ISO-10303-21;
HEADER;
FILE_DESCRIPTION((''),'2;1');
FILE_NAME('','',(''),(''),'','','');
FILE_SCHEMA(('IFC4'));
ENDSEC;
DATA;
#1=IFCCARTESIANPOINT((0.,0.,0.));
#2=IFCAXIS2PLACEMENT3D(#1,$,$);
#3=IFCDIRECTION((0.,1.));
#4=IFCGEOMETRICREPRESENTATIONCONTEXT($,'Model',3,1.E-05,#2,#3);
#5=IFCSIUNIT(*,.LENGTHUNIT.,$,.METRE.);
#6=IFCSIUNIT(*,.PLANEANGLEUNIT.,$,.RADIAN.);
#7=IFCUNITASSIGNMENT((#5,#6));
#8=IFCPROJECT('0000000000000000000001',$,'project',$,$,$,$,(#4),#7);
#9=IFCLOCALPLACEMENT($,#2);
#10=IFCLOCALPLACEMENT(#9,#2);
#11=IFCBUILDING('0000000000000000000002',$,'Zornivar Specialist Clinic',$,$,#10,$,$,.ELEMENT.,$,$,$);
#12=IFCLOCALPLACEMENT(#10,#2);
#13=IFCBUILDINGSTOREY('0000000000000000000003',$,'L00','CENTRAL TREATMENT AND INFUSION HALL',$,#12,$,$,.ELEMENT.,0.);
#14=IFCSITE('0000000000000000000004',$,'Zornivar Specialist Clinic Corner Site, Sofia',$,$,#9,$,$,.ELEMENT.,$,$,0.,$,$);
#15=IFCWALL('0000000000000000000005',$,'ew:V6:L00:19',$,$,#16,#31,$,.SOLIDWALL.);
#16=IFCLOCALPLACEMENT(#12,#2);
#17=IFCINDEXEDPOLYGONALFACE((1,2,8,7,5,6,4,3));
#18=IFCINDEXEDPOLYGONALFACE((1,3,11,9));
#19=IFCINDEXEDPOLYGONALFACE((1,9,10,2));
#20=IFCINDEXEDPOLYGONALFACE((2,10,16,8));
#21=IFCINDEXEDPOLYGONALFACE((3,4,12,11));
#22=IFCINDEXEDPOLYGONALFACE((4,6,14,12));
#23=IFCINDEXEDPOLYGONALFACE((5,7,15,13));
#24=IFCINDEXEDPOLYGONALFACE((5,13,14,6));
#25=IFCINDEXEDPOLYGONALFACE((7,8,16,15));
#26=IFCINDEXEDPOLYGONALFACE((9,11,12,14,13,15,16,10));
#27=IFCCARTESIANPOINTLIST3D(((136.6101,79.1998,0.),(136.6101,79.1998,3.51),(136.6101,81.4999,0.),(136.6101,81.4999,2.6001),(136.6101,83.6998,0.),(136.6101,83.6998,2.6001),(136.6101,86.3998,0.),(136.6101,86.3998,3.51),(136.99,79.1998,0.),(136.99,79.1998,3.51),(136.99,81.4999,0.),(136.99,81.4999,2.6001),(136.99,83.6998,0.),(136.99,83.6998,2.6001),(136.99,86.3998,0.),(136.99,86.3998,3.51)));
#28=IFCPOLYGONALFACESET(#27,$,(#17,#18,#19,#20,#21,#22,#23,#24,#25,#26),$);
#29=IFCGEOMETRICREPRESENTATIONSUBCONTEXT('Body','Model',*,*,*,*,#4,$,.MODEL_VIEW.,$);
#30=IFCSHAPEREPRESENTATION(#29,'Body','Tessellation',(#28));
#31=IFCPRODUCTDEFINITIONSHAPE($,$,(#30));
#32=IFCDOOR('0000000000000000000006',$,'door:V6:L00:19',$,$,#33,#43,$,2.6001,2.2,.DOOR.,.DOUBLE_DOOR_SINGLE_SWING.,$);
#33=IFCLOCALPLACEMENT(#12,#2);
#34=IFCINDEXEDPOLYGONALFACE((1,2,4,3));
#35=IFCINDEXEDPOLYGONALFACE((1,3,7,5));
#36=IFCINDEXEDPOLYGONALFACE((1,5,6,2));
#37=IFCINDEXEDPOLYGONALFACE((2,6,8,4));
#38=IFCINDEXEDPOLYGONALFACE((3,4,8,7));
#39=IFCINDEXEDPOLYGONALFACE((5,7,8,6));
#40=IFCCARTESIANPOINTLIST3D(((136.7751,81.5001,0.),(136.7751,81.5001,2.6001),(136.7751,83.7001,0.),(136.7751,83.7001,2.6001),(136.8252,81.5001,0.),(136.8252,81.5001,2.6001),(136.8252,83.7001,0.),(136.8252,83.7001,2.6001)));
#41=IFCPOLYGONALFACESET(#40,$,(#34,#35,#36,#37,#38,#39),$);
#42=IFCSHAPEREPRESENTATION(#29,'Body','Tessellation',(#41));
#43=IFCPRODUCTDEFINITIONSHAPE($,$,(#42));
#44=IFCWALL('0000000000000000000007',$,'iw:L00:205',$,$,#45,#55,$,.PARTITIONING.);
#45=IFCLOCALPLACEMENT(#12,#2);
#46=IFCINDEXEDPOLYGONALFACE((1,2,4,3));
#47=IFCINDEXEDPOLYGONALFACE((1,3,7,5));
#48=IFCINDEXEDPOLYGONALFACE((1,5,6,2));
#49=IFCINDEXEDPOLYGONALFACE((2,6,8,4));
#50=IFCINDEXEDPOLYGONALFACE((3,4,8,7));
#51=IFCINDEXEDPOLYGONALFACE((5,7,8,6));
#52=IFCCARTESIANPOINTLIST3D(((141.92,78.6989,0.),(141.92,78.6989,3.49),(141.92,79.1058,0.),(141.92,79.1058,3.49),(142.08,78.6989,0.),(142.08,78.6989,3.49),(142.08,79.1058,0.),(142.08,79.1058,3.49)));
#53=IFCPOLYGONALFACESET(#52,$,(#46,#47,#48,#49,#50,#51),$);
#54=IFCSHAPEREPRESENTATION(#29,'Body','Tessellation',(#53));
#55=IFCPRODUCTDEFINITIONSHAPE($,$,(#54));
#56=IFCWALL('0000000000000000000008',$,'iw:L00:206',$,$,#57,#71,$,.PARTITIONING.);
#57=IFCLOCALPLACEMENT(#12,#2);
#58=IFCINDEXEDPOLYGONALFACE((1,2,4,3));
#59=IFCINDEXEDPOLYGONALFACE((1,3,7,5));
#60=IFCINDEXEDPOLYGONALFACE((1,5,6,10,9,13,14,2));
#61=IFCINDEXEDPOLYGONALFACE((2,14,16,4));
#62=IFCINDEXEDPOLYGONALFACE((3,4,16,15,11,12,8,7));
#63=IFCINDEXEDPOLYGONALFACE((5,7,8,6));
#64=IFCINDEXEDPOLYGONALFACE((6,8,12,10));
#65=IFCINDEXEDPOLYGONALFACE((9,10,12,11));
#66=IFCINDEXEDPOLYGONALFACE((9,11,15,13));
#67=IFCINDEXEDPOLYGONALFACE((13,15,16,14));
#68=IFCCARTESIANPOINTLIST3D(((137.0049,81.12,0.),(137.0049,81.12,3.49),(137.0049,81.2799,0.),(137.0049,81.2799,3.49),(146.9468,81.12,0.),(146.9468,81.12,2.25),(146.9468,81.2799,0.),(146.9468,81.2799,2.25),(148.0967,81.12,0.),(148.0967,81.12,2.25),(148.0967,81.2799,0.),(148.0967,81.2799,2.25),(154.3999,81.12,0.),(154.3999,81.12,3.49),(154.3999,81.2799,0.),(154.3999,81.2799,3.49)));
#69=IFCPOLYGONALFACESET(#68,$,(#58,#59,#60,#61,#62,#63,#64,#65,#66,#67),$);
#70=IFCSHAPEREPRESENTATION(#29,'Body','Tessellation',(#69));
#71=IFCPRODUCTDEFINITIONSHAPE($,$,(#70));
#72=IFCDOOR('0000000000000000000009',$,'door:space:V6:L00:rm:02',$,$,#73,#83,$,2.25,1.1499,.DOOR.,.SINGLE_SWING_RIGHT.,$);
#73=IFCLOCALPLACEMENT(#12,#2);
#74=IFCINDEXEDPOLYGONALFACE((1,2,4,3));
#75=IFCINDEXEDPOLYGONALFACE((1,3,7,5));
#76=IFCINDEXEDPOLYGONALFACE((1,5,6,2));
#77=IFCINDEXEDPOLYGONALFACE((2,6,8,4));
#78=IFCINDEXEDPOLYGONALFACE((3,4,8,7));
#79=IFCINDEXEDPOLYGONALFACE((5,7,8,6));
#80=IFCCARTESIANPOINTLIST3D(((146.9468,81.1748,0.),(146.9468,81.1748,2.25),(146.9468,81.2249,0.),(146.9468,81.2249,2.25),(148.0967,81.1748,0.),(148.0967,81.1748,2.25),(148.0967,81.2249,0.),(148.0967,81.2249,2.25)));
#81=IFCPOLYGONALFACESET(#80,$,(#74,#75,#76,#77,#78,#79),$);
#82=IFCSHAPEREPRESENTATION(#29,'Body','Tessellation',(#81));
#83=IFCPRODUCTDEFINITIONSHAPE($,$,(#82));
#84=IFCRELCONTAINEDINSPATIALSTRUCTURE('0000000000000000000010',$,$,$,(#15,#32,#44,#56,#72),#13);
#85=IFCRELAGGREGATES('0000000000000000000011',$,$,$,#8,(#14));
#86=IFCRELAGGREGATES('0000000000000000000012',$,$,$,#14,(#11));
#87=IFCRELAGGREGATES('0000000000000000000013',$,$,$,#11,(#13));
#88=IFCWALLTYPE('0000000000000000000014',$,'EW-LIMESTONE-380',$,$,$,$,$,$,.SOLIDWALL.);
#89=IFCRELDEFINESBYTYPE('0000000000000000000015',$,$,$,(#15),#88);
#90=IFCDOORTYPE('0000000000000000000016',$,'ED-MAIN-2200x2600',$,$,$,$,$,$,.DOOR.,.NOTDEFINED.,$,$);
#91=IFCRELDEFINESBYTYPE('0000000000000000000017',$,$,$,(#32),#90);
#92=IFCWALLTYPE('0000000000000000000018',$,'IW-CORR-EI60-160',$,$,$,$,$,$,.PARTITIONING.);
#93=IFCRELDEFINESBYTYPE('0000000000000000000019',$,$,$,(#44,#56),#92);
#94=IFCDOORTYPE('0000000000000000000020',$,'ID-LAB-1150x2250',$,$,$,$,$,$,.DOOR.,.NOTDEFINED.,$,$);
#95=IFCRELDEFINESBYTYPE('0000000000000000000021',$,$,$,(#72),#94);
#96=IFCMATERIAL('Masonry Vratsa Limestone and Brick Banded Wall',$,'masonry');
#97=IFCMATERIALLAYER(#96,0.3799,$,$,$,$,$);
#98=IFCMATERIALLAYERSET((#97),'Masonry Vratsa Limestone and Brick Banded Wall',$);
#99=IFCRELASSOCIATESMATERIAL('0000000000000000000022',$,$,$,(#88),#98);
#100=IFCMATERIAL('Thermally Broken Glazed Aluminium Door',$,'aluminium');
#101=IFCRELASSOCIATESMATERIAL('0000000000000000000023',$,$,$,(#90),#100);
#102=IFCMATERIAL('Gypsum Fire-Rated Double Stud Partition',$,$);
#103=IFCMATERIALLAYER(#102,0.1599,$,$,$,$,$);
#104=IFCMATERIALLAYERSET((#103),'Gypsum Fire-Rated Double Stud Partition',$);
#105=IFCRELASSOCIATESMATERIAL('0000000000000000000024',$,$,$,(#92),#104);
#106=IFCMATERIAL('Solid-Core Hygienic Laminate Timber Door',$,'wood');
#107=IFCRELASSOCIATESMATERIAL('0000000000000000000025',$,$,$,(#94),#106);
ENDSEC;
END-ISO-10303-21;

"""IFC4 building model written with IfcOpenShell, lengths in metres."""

from ifc_helpers import new_model, si_unit, direction, frame, frame_2d, origin, place, context, subcontext, project, spatial, rectangle, extrude, material, layer, layer_set, type_object, element, fill, save


model = new_model("IFC4")

# Units and contexts
model_context = context("Model", 3, precision=1e-05, world=origin(), true_north=direction((0.0, 1.0)))
body_context = subcontext(model_context, "Body", "Model", "MODEL_VIEW")
ifc_project = project(units=[si_unit("LENGTHUNIT", "METRE"), si_unit("PLANEANGLEUNIT", "RADIAN")], contexts=[model_context])

# Site, building, storey
site_placement = place(None, origin())
site = spatial("IfcSite", under=ifc_project, at=site_placement, Name="Zornivar Specialist Clinic Corner Site, Sofia", CompositionType="ELEMENT", RefElevation=0.0)
building_placement = place(site_placement, origin())
building = spatial("IfcBuilding", under=site, at=building_placement, Name="Zornivar Specialist Clinic", CompositionType="ELEMENT")
storey_placement = place(building_placement, origin())
storey = spatial("IfcBuildingStorey", under=building, at=storey_placement, Name="L00", Description="CENTRAL TREATMENT AND INFUSION HALL", CompositionType="ELEMENT", Elevation=0.0)

# Wall, opening, door
ifc_material_1 = material(Name="Masonry Vratsa Limestone and Brick Banded Wall", Category="masonry")
ifc_layer_1 = layer(ifc_material_1, 0.3799)
ifc_layer_set_1 = layer_set([ifc_layer_1], Name="Masonry Vratsa Limestone and Brick Banded Wall")
wall_type_1 = type_object("IfcWallType", Name="EW-LIMESTONE-380", PredefinedType="SOLIDWALL", material=ifc_layer_set_1)
wall_1_placement = place(storey_placement, frame((136.8, 86.3999, 0.0), z_axis=(0.0, 0.0, 1.0), x_axis=(0.0, -1.0, 0.0)))
wall_1 = element("IfcWall", 1, at=wall_1_placement, inside=storey, type_object=wall_type_1, Name="ew:V6:L00:19", PredefinedType="SOLIDWALL", context=body_context, shape_type="SweptSolid", body=[
    extrude(rectangle(XDim=7.2, YDim=0.3799, at=frame_2d((3.6001, 0.0))), origin(), (0.0, 0.0, 1.0), 3.51),
])
opening_1_placement = place(wall_1_placement, frame((2.7, 0.0, 0.0)))
opening_1 = element("IfcOpeningElement", 2, at=opening_1_placement, cuts=wall_1, PredefinedType="OPENING", context=body_context, shape_type="SweptSolid", body=[
    extrude(rectangle(XDim=2.2, YDim=2.6001, at=frame_2d((1.1001, 1.3))), frame((0.0, 0.2, 0.0), z_axis=(0.0, -1.0, 0.0), x_axis=(1.0, 0.0, 0.0)), (0.0, 0.0, 1.0), 0.3999),
])
ifc_material_2 = material(Name="Thermally Broken Glazed Aluminium Door", Category="aluminium")
door_type_1 = type_object("IfcDoorType", Name="ED-MAIN-2200x2600", OperationType="NOTDEFINED", PredefinedType="DOOR", material=ifc_material_2)
door_1_placement = place(opening_1_placement, frame((2.2, 0.0, 0.0), z_axis=(0.0, 0.0, 1.0), x_axis=(-1.0, 0.0, 0.0)))
door_1 = element("IfcDoor", 3, at=door_1_placement, inside=storey, type_object=door_type_1, Name="door:V6:L00:19", OperationType="DOUBLE_DOOR_SINGLE_SWING", OverallHeight=2.6001, OverallWidth=2.2, PredefinedType="DOOR", context=body_context, shape_type="SweptSolid", body=[
    extrude(rectangle(XDim=2.2, YDim=2.6001, at=frame_2d((1.1001, 1.3))), frame((0.0, 0.0249, 0.0), z_axis=(0.0, -1.0, 0.0), x_axis=(1.0, 0.0, 0.0)), (0.0, 0.0, 1.0), 0.05),
])
fill(opening_1, door_1)

# Wall
ifc_material_3 = material(Name="Gypsum Fire-Rated Double Stud Partition")
ifc_layer_2 = layer(ifc_material_3, 0.1599)
ifc_layer_set_2 = layer_set([ifc_layer_2], Name="Gypsum Fire-Rated Double Stud Partition")
wall_type_2 = type_object("IfcWallType", Name="IW-CORR-EI60-160", PredefinedType="PARTITIONING", material=ifc_layer_set_2)
wall_2_placement = place(storey_placement, frame((142.0, 79.106, 0.0), z_axis=(0.0, 0.0, 1.0), x_axis=(0.0, -1.0, 0.0)))
element("IfcWall", 4, at=wall_2_placement, inside=storey, type_object=wall_type_2, Name="iw:L00:205", PredefinedType="PARTITIONING", context=body_context, shape_type="SweptSolid", body=[
    extrude(rectangle(XDim=0.407, YDim=0.1599, at=frame_2d((0.2036, 0.0))), origin(), (0.0, 0.0, 1.0), 3.49),
])

# Wall, opening, door
wall_3_placement = place(storey_placement, frame((137.0049, 81.2, 0.0), z_axis=(0.0, 0.0, 1.0), x_axis=(1.0, 0.0, 0.0)))
wall_3 = element("IfcWall", 5, at=wall_3_placement, inside=storey, type_object=wall_type_2, Name="iw:L00:206", PredefinedType="PARTITIONING", context=body_context, shape_type="SweptSolid", body=[
    extrude(rectangle(XDim=17.395, YDim=0.1599, at=frame_2d((8.6975, 0.0))), origin(), (0.0, 0.0, 1.0), 3.49),
])
opening_2_placement = place(wall_3_placement, frame((9.9419, 0.0, 0.0)))
opening_2 = element("IfcOpeningElement", 6, at=opening_2_placement, cuts=wall_3, PredefinedType="OPENING", context=body_context, shape_type="SweptSolid", body=[
    extrude(rectangle(XDim=1.1499, YDim=2.25, at=frame_2d((0.575, 1.125))), frame((0.0, 0.0898, 0.0), z_axis=(0.0, -1.0, 0.0), x_axis=(1.0, 0.0, 0.0)), (0.0, 0.0, 1.0), 0.1799),
])
ifc_material_4 = material(Name="Solid-Core Hygienic Laminate Timber Door", Category="wood")
door_type_2 = type_object("IfcDoorType", Name="ID-LAB-1150x2250", OperationType="NOTDEFINED", PredefinedType="DOOR", material=ifc_material_4)
door_2_placement = place(opening_2_placement, origin())
door_2 = element("IfcDoor", 7, at=door_2_placement, inside=storey, type_object=door_type_2, Name="door:space:V6:L00:rm:02", OperationType="SINGLE_SWING_RIGHT", OverallHeight=2.25, OverallWidth=1.1499, PredefinedType="DOOR", context=body_context, shape_type="SweptSolid", body=[
    extrude(rectangle(XDim=1.1499, YDim=2.25, at=frame_2d((0.575, 1.125))), frame((0.0, 0.0249, 0.0), z_axis=(0.0, -1.0, 0.0), x_axis=(1.0, 0.0, 0.0)), (0.0, 0.0, 1.0), 0.05),
])
fill(opening_2, door_2)

save(model, "model.ifc")
